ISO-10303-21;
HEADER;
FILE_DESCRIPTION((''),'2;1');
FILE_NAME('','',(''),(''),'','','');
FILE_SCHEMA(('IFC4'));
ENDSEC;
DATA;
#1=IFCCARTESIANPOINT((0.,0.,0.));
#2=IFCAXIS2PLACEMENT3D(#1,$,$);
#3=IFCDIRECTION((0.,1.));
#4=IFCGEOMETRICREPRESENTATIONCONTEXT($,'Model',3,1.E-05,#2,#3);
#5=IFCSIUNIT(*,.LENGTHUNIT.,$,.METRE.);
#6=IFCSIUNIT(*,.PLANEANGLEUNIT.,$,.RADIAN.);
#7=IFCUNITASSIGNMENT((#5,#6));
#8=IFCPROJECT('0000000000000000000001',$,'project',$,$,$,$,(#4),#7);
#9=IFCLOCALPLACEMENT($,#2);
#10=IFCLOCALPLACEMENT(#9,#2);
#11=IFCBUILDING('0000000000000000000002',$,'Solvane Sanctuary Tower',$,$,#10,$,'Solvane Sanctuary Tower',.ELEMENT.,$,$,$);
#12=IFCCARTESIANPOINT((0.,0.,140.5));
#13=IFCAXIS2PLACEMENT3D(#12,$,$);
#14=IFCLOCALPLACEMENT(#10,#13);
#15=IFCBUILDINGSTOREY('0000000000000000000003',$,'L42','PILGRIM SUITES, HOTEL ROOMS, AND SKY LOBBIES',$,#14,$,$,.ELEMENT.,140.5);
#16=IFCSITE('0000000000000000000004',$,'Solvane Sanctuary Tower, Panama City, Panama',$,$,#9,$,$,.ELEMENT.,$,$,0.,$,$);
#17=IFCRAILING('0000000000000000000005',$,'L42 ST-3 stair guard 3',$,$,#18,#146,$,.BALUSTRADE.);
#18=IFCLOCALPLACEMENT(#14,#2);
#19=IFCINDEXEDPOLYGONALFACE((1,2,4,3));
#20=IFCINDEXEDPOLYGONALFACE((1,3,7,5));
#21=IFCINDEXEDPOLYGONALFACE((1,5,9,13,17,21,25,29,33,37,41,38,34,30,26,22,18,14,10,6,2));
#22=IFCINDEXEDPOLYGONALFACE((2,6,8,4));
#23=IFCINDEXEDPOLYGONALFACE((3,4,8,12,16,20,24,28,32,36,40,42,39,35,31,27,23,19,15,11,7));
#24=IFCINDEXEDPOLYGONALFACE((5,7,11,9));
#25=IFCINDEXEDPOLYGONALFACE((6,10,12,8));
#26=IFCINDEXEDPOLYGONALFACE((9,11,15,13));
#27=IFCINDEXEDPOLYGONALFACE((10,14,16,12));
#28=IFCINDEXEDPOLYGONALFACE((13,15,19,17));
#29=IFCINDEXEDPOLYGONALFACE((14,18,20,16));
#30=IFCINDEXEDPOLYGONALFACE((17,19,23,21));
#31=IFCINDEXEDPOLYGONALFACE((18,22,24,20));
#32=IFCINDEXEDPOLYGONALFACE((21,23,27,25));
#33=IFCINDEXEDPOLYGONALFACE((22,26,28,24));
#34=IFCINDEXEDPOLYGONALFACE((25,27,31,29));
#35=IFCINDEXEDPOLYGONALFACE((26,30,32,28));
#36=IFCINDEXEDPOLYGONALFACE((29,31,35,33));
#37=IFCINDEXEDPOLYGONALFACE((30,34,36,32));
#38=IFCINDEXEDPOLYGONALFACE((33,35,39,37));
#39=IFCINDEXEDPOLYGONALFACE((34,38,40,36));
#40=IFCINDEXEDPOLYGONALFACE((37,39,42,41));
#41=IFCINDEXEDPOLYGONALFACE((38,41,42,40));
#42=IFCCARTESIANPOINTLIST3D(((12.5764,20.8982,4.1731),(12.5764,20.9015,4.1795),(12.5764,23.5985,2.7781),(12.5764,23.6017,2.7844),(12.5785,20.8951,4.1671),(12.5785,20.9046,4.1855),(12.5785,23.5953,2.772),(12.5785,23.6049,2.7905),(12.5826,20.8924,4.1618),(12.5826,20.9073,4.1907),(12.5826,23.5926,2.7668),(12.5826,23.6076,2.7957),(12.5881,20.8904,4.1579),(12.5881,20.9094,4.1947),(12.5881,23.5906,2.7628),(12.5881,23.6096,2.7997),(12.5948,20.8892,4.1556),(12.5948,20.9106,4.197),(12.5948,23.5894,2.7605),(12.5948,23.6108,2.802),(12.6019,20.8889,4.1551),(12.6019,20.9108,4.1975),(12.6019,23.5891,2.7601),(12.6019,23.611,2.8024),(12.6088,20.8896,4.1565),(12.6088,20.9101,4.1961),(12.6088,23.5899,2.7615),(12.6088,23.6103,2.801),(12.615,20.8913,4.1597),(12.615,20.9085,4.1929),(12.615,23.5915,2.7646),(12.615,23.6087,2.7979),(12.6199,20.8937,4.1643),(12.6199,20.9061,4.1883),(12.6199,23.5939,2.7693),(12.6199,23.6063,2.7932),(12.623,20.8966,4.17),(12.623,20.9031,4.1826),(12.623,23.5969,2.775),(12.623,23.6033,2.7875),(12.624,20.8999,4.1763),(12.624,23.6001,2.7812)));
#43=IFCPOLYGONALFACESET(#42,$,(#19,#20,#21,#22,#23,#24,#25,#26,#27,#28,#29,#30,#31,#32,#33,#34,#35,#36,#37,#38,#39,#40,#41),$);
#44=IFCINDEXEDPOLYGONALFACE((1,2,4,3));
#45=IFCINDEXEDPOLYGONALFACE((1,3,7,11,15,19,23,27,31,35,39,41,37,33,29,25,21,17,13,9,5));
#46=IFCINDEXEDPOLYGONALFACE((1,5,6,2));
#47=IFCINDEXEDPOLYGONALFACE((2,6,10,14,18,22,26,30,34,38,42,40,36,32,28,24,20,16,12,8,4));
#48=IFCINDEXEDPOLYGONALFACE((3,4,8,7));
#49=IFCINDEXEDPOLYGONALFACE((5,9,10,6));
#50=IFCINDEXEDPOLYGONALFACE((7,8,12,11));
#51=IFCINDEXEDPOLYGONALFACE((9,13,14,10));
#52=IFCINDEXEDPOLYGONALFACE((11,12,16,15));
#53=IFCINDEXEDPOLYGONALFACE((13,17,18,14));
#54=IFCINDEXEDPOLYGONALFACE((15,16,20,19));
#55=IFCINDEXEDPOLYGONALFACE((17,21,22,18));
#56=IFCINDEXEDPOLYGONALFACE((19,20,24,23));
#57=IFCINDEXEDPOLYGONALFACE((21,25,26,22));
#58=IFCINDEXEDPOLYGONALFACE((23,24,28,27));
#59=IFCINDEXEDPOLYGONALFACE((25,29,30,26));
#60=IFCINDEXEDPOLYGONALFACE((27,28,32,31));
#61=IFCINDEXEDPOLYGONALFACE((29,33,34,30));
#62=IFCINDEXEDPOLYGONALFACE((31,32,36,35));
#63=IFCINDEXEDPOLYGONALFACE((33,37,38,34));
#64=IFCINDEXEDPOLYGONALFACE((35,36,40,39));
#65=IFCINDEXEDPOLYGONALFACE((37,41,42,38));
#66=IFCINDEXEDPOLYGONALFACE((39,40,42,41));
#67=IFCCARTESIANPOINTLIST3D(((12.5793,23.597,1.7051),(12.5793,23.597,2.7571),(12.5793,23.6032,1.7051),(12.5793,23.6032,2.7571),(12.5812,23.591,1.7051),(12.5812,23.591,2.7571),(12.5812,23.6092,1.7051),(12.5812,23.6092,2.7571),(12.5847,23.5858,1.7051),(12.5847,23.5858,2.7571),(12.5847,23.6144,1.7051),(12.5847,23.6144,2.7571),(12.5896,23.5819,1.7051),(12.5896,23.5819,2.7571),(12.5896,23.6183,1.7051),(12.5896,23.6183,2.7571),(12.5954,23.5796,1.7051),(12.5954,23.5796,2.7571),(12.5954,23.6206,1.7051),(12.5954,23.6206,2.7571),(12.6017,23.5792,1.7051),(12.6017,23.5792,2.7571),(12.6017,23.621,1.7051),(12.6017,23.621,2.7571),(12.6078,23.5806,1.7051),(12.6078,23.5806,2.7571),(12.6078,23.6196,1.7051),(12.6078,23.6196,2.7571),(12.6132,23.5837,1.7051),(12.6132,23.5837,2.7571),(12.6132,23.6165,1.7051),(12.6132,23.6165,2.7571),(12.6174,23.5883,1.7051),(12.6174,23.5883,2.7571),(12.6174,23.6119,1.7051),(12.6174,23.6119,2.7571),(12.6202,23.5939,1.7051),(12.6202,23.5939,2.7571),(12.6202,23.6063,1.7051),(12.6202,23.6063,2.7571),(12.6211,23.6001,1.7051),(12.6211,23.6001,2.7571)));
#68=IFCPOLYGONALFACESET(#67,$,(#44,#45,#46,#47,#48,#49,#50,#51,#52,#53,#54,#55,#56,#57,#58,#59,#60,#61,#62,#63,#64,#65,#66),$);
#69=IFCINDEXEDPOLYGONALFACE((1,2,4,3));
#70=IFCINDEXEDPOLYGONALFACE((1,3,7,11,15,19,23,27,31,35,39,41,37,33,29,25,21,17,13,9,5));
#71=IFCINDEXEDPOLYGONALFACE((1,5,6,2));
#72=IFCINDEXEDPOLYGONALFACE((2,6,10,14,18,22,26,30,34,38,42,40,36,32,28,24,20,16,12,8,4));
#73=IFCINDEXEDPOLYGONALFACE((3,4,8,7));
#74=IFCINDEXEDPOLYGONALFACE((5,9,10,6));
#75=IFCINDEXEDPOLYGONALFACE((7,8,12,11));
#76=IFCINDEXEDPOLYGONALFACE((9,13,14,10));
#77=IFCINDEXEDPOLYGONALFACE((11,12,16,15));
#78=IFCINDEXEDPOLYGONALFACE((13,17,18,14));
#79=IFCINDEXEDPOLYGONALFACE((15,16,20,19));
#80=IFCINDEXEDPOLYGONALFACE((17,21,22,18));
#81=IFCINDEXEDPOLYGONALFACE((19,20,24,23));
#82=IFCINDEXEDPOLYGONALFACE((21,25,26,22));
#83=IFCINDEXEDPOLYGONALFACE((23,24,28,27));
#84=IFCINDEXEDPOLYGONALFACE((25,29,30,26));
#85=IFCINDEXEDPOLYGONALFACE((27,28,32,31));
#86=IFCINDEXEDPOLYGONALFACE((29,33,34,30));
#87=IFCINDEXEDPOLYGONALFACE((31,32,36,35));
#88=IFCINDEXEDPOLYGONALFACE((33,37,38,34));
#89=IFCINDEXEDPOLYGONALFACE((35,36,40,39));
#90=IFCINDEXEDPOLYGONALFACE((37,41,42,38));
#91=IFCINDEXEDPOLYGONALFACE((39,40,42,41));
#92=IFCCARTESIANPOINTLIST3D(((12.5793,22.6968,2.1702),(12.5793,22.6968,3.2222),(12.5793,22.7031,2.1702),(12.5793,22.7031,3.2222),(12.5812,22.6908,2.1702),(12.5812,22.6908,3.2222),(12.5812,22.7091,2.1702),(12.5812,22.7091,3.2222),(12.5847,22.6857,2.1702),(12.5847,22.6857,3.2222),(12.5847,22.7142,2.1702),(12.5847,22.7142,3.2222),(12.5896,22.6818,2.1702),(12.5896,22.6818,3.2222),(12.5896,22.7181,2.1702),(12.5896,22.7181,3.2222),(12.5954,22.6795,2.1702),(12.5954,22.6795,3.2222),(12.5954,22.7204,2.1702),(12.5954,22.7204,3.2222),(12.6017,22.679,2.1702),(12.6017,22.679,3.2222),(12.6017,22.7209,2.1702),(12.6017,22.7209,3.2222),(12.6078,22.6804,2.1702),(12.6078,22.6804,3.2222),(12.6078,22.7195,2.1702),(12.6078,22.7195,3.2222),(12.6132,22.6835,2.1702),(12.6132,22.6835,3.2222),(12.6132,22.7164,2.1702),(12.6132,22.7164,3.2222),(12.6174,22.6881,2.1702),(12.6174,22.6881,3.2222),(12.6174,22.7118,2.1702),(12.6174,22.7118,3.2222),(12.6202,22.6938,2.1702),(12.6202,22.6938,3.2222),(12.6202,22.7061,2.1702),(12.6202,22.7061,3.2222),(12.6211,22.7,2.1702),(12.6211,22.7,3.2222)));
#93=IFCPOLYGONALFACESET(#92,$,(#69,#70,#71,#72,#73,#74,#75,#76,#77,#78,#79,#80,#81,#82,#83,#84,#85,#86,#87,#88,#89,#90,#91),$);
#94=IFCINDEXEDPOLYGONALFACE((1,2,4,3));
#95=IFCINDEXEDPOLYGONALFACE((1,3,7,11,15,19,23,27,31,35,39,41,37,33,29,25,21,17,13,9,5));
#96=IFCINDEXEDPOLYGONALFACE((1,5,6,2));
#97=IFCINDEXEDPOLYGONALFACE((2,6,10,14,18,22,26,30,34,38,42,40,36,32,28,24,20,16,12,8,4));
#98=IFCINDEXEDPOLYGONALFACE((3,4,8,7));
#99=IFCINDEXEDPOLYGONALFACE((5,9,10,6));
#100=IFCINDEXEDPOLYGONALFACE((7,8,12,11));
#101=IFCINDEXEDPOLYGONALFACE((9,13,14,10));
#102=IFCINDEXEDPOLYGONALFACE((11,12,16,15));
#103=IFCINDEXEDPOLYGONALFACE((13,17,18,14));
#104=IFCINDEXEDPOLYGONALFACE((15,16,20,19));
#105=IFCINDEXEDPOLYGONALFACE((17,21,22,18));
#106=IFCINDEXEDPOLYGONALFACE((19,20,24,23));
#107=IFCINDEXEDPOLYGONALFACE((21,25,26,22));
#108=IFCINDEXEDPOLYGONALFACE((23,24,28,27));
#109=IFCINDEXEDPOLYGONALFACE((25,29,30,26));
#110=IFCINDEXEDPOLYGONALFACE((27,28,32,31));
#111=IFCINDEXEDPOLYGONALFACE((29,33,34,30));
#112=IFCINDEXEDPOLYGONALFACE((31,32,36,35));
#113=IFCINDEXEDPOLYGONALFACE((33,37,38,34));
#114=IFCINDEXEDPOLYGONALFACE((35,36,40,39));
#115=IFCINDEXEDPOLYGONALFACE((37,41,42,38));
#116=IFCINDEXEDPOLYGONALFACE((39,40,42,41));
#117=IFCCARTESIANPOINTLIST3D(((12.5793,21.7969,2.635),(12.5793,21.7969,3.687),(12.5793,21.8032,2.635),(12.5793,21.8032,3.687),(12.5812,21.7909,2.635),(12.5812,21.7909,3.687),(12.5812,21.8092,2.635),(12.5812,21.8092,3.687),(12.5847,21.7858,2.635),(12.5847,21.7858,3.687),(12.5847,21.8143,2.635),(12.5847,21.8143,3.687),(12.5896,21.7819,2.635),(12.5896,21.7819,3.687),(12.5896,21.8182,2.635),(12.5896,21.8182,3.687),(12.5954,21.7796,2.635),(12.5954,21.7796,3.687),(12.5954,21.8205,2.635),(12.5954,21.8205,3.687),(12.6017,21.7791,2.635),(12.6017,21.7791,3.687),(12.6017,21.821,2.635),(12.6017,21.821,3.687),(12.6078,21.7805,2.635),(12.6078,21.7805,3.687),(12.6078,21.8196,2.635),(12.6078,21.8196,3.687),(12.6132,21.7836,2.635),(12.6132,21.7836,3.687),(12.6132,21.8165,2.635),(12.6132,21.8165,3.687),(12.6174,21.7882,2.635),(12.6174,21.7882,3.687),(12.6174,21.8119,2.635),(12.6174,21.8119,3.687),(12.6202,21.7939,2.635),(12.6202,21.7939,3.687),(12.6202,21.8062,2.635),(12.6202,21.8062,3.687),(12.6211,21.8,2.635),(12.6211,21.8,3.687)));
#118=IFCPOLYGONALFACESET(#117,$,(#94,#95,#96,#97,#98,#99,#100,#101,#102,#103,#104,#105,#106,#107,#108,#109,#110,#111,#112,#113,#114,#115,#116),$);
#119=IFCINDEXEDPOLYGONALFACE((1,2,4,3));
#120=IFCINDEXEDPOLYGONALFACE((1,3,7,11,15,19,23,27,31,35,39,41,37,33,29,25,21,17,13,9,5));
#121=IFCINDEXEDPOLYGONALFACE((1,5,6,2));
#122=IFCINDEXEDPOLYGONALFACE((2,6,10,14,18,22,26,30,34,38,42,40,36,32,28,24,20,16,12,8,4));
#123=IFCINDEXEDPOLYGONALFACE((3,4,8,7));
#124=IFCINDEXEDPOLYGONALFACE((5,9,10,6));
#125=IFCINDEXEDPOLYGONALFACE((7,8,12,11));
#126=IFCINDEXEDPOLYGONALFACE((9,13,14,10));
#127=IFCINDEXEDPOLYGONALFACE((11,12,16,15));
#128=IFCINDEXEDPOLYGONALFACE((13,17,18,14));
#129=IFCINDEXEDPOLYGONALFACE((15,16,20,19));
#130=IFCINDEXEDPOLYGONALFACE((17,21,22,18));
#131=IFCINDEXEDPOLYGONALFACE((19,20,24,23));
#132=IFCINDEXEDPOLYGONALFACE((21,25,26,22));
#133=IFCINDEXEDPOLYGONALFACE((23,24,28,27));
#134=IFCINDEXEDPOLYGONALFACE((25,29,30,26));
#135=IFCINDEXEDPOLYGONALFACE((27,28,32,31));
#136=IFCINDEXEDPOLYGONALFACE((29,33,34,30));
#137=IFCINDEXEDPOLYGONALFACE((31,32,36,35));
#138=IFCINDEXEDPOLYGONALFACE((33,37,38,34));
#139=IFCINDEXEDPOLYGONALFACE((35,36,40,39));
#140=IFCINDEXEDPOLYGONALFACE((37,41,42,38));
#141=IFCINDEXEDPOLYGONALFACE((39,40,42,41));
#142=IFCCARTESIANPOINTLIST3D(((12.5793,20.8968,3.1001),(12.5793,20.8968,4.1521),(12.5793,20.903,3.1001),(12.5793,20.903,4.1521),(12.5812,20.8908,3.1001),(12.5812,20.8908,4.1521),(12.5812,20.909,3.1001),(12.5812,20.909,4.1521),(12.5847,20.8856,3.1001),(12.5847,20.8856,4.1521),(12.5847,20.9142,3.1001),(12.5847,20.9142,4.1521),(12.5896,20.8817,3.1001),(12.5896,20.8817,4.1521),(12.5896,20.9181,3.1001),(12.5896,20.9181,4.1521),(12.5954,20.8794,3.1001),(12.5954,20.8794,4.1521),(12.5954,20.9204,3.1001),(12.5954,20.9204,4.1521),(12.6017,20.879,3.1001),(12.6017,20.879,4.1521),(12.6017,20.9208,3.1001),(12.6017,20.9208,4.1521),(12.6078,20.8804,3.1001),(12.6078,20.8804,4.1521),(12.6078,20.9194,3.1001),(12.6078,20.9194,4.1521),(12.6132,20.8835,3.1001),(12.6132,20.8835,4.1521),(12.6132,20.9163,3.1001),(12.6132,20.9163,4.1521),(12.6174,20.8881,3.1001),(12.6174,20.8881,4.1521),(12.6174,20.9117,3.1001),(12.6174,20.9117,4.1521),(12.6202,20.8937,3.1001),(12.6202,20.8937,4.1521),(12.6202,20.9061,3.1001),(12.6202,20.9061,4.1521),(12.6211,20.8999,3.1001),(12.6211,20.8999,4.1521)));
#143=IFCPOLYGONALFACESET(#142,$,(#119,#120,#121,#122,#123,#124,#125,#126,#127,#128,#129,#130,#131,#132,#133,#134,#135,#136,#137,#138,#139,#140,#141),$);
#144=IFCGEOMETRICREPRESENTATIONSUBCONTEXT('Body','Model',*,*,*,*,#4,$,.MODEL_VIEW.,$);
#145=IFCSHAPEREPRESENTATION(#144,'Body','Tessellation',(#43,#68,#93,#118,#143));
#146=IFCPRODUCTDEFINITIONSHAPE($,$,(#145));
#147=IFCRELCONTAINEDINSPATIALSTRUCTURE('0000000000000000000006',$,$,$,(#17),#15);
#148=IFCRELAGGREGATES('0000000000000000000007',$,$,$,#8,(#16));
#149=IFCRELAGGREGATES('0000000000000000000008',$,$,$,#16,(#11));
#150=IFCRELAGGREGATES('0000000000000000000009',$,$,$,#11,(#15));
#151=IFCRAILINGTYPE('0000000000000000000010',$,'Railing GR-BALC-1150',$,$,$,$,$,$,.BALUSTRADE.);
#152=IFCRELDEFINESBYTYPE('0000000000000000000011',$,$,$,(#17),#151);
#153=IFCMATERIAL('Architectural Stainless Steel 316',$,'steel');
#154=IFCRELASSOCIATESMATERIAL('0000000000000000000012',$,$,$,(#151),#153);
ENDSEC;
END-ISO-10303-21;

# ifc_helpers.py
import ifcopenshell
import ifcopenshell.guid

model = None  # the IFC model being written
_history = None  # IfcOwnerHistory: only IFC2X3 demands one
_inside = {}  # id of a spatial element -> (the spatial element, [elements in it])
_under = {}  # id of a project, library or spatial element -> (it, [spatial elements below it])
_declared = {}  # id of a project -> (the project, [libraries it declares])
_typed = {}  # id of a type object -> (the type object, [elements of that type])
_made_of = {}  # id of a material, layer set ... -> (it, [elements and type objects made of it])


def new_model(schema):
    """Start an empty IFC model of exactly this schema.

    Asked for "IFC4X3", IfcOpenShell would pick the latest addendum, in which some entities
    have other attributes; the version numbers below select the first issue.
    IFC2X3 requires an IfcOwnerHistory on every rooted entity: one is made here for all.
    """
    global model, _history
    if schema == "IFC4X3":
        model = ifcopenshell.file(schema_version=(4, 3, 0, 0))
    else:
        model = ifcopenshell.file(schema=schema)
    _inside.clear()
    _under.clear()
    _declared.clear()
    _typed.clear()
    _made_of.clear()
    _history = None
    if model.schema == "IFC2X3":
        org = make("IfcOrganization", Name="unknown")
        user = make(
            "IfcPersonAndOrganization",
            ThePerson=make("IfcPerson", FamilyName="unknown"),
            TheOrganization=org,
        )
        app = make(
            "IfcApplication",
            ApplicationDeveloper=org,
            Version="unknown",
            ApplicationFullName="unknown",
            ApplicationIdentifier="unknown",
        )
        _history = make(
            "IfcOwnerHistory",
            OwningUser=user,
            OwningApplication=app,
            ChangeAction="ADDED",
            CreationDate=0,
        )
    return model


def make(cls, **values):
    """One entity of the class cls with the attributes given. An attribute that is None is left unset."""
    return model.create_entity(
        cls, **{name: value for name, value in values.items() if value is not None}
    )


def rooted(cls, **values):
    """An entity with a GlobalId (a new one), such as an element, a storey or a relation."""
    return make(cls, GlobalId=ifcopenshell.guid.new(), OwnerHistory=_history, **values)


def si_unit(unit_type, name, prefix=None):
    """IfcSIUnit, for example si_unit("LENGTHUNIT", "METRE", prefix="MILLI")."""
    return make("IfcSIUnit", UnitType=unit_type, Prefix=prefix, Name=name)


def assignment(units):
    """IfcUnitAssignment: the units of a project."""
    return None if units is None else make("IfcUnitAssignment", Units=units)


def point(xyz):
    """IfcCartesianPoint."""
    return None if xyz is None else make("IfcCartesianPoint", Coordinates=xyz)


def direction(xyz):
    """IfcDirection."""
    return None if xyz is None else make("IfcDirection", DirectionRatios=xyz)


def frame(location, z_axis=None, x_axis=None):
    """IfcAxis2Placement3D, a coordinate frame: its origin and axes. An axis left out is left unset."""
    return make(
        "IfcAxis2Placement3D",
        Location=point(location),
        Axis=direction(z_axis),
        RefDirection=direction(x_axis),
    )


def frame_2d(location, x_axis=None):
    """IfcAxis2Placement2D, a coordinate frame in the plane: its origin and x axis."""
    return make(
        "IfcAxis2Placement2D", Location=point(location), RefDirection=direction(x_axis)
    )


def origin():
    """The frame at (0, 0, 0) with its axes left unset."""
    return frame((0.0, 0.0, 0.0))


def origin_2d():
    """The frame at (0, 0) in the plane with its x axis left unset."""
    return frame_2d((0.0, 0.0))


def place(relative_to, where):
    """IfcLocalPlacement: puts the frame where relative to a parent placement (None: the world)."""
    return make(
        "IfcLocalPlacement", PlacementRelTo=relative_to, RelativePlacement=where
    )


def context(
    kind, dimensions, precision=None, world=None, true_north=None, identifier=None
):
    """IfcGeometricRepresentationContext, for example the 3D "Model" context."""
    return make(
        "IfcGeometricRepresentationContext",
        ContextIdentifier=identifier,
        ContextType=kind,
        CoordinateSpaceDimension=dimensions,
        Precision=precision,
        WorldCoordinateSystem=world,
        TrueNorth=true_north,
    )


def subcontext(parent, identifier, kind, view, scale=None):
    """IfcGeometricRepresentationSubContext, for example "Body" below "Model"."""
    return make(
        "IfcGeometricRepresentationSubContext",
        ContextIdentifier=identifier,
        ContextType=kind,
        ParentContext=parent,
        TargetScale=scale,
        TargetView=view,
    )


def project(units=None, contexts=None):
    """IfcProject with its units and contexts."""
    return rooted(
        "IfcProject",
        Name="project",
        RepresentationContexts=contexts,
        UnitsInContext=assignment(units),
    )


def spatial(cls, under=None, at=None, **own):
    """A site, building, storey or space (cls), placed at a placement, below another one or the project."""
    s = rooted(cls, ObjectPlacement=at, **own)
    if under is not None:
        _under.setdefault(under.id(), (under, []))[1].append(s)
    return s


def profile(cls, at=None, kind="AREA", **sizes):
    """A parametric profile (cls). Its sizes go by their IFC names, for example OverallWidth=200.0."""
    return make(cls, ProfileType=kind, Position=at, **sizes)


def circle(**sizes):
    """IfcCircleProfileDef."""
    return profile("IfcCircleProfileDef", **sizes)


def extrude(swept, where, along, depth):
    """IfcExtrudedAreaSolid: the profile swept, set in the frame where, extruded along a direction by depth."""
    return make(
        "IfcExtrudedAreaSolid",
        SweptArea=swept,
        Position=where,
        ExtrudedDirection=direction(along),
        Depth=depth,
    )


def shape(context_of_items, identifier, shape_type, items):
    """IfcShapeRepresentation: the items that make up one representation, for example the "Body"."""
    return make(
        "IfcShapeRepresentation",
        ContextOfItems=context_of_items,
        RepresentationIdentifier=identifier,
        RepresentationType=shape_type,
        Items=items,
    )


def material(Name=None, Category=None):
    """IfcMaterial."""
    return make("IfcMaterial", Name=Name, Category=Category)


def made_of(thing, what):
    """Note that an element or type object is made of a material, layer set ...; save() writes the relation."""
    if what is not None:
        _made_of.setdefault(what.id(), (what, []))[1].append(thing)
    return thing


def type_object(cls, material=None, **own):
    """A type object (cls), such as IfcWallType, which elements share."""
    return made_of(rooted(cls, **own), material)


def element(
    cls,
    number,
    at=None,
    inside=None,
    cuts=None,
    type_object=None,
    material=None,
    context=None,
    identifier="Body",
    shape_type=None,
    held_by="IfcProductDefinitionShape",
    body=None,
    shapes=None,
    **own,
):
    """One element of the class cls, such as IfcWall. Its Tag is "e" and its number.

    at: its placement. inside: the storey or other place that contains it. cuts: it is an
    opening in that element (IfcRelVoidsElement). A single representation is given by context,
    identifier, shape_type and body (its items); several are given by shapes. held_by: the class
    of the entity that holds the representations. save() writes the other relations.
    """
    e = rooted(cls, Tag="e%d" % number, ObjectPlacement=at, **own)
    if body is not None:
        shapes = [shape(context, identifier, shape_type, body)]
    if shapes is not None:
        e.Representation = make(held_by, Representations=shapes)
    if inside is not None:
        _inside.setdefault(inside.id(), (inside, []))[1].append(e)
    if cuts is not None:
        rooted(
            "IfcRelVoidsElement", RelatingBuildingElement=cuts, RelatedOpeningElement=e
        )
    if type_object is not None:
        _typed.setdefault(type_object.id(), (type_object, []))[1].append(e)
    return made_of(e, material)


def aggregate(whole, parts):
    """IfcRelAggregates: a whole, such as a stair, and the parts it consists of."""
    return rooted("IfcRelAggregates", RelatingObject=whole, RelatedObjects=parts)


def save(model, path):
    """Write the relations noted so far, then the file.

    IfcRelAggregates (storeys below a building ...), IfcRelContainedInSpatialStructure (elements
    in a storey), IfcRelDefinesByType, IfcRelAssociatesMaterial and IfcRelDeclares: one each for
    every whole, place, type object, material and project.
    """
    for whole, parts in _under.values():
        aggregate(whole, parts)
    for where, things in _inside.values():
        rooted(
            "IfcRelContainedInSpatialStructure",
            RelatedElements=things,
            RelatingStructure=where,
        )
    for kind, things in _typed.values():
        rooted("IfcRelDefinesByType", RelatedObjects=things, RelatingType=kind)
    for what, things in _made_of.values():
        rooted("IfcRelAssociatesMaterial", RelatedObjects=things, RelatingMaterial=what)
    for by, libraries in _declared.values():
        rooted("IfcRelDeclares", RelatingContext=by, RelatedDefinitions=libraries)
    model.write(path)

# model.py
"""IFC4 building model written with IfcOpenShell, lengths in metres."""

from ifc_helpers import new_model, si_unit, direction, frame, origin, origin_2d, place, context, subcontext, project, spatial, circle, extrude, material, type_object, element, save


model = new_model("IFC4")

# Units and contexts
model_context = context("Model", 3, precision=1e-05, world=origin(), true_north=direction((0.0, 1.0)))
body_context = subcontext(model_context, "Body", "Model", "MODEL_VIEW")
ifc_project = project(units=[si_unit("LENGTHUNIT", "METRE"), si_unit("PLANEANGLEUNIT", "RADIAN")], contexts=[model_context])

# Site, building, storey
site_placement = place(None, origin())
site = spatial("IfcSite", under=ifc_project, at=site_placement, Name="Solvane Sanctuary Tower, Panama City, Panama", CompositionType="ELEMENT", RefElevation=0.0)
building_placement = place(site_placement, origin())
building = spatial("IfcBuilding", under=site, at=building_placement, Name="Solvane Sanctuary Tower", LongName="Solvane Sanctuary Tower", CompositionType="ELEMENT")
storey_placement = place(building_placement, frame((0.0, 0.0, 140.5)))
storey = spatial("IfcBuildingStorey", under=building, at=storey_placement, Name="L42", Description="PILGRIM SUITES, HOTEL ROOMS, AND SKY LOBBIES", CompositionType="ELEMENT", Elevation=140.5)

# Shared definitions
ifc_material_1 = material(Name="Architectural Stainless Steel 316", Category="steel")

# Railing
railing_type_1 = type_object("IfcRailingType", Name="Railing GR-BALC-1150", PredefinedType="BALUSTRADE", material=ifc_material_1)
railing_1_placement = place(storey_placement, frame((12.6001, 23.6001, 1.7051)))
element("IfcRailing", 1, at=railing_1_placement, inside=storey, type_object=railing_type_1, Name="L42 ST-3 stair guard 3", PredefinedType="BALUSTRADE", context=body_context, shape_type="SweptSolid", body=[
    extrude(circle(Radius=0.0239, at=origin_2d()), frame((0.0, 0.0, 1.0762), z_axis=(0.0, -0.888437, 0.458999), x_axis=(1.0, 0.0, 0.0)), (0.0, 0.0, 1.0), 3.0393),
    extrude(circle(Radius=0.021, at=origin_2d()), origin(), (0.0, 0.0, 1.0), 1.052),
    extrude(circle(Radius=0.021, at=origin_2d()), frame((0.0, -0.9001, 0.4651)), (0.0, 0.0, 1.0), 1.052),
    extrude(circle(Radius=0.021, at=origin_2d()), frame((0.0, -1.8, 0.9299)), (0.0, 0.0, 1.0), 1.052),
    extrude(circle(Radius=0.021, at=origin_2d()), frame((0.0, -2.7002, 1.395)), (0.0, 0.0, 1.0), 1.052),
])

save(model, "model.ifc")
